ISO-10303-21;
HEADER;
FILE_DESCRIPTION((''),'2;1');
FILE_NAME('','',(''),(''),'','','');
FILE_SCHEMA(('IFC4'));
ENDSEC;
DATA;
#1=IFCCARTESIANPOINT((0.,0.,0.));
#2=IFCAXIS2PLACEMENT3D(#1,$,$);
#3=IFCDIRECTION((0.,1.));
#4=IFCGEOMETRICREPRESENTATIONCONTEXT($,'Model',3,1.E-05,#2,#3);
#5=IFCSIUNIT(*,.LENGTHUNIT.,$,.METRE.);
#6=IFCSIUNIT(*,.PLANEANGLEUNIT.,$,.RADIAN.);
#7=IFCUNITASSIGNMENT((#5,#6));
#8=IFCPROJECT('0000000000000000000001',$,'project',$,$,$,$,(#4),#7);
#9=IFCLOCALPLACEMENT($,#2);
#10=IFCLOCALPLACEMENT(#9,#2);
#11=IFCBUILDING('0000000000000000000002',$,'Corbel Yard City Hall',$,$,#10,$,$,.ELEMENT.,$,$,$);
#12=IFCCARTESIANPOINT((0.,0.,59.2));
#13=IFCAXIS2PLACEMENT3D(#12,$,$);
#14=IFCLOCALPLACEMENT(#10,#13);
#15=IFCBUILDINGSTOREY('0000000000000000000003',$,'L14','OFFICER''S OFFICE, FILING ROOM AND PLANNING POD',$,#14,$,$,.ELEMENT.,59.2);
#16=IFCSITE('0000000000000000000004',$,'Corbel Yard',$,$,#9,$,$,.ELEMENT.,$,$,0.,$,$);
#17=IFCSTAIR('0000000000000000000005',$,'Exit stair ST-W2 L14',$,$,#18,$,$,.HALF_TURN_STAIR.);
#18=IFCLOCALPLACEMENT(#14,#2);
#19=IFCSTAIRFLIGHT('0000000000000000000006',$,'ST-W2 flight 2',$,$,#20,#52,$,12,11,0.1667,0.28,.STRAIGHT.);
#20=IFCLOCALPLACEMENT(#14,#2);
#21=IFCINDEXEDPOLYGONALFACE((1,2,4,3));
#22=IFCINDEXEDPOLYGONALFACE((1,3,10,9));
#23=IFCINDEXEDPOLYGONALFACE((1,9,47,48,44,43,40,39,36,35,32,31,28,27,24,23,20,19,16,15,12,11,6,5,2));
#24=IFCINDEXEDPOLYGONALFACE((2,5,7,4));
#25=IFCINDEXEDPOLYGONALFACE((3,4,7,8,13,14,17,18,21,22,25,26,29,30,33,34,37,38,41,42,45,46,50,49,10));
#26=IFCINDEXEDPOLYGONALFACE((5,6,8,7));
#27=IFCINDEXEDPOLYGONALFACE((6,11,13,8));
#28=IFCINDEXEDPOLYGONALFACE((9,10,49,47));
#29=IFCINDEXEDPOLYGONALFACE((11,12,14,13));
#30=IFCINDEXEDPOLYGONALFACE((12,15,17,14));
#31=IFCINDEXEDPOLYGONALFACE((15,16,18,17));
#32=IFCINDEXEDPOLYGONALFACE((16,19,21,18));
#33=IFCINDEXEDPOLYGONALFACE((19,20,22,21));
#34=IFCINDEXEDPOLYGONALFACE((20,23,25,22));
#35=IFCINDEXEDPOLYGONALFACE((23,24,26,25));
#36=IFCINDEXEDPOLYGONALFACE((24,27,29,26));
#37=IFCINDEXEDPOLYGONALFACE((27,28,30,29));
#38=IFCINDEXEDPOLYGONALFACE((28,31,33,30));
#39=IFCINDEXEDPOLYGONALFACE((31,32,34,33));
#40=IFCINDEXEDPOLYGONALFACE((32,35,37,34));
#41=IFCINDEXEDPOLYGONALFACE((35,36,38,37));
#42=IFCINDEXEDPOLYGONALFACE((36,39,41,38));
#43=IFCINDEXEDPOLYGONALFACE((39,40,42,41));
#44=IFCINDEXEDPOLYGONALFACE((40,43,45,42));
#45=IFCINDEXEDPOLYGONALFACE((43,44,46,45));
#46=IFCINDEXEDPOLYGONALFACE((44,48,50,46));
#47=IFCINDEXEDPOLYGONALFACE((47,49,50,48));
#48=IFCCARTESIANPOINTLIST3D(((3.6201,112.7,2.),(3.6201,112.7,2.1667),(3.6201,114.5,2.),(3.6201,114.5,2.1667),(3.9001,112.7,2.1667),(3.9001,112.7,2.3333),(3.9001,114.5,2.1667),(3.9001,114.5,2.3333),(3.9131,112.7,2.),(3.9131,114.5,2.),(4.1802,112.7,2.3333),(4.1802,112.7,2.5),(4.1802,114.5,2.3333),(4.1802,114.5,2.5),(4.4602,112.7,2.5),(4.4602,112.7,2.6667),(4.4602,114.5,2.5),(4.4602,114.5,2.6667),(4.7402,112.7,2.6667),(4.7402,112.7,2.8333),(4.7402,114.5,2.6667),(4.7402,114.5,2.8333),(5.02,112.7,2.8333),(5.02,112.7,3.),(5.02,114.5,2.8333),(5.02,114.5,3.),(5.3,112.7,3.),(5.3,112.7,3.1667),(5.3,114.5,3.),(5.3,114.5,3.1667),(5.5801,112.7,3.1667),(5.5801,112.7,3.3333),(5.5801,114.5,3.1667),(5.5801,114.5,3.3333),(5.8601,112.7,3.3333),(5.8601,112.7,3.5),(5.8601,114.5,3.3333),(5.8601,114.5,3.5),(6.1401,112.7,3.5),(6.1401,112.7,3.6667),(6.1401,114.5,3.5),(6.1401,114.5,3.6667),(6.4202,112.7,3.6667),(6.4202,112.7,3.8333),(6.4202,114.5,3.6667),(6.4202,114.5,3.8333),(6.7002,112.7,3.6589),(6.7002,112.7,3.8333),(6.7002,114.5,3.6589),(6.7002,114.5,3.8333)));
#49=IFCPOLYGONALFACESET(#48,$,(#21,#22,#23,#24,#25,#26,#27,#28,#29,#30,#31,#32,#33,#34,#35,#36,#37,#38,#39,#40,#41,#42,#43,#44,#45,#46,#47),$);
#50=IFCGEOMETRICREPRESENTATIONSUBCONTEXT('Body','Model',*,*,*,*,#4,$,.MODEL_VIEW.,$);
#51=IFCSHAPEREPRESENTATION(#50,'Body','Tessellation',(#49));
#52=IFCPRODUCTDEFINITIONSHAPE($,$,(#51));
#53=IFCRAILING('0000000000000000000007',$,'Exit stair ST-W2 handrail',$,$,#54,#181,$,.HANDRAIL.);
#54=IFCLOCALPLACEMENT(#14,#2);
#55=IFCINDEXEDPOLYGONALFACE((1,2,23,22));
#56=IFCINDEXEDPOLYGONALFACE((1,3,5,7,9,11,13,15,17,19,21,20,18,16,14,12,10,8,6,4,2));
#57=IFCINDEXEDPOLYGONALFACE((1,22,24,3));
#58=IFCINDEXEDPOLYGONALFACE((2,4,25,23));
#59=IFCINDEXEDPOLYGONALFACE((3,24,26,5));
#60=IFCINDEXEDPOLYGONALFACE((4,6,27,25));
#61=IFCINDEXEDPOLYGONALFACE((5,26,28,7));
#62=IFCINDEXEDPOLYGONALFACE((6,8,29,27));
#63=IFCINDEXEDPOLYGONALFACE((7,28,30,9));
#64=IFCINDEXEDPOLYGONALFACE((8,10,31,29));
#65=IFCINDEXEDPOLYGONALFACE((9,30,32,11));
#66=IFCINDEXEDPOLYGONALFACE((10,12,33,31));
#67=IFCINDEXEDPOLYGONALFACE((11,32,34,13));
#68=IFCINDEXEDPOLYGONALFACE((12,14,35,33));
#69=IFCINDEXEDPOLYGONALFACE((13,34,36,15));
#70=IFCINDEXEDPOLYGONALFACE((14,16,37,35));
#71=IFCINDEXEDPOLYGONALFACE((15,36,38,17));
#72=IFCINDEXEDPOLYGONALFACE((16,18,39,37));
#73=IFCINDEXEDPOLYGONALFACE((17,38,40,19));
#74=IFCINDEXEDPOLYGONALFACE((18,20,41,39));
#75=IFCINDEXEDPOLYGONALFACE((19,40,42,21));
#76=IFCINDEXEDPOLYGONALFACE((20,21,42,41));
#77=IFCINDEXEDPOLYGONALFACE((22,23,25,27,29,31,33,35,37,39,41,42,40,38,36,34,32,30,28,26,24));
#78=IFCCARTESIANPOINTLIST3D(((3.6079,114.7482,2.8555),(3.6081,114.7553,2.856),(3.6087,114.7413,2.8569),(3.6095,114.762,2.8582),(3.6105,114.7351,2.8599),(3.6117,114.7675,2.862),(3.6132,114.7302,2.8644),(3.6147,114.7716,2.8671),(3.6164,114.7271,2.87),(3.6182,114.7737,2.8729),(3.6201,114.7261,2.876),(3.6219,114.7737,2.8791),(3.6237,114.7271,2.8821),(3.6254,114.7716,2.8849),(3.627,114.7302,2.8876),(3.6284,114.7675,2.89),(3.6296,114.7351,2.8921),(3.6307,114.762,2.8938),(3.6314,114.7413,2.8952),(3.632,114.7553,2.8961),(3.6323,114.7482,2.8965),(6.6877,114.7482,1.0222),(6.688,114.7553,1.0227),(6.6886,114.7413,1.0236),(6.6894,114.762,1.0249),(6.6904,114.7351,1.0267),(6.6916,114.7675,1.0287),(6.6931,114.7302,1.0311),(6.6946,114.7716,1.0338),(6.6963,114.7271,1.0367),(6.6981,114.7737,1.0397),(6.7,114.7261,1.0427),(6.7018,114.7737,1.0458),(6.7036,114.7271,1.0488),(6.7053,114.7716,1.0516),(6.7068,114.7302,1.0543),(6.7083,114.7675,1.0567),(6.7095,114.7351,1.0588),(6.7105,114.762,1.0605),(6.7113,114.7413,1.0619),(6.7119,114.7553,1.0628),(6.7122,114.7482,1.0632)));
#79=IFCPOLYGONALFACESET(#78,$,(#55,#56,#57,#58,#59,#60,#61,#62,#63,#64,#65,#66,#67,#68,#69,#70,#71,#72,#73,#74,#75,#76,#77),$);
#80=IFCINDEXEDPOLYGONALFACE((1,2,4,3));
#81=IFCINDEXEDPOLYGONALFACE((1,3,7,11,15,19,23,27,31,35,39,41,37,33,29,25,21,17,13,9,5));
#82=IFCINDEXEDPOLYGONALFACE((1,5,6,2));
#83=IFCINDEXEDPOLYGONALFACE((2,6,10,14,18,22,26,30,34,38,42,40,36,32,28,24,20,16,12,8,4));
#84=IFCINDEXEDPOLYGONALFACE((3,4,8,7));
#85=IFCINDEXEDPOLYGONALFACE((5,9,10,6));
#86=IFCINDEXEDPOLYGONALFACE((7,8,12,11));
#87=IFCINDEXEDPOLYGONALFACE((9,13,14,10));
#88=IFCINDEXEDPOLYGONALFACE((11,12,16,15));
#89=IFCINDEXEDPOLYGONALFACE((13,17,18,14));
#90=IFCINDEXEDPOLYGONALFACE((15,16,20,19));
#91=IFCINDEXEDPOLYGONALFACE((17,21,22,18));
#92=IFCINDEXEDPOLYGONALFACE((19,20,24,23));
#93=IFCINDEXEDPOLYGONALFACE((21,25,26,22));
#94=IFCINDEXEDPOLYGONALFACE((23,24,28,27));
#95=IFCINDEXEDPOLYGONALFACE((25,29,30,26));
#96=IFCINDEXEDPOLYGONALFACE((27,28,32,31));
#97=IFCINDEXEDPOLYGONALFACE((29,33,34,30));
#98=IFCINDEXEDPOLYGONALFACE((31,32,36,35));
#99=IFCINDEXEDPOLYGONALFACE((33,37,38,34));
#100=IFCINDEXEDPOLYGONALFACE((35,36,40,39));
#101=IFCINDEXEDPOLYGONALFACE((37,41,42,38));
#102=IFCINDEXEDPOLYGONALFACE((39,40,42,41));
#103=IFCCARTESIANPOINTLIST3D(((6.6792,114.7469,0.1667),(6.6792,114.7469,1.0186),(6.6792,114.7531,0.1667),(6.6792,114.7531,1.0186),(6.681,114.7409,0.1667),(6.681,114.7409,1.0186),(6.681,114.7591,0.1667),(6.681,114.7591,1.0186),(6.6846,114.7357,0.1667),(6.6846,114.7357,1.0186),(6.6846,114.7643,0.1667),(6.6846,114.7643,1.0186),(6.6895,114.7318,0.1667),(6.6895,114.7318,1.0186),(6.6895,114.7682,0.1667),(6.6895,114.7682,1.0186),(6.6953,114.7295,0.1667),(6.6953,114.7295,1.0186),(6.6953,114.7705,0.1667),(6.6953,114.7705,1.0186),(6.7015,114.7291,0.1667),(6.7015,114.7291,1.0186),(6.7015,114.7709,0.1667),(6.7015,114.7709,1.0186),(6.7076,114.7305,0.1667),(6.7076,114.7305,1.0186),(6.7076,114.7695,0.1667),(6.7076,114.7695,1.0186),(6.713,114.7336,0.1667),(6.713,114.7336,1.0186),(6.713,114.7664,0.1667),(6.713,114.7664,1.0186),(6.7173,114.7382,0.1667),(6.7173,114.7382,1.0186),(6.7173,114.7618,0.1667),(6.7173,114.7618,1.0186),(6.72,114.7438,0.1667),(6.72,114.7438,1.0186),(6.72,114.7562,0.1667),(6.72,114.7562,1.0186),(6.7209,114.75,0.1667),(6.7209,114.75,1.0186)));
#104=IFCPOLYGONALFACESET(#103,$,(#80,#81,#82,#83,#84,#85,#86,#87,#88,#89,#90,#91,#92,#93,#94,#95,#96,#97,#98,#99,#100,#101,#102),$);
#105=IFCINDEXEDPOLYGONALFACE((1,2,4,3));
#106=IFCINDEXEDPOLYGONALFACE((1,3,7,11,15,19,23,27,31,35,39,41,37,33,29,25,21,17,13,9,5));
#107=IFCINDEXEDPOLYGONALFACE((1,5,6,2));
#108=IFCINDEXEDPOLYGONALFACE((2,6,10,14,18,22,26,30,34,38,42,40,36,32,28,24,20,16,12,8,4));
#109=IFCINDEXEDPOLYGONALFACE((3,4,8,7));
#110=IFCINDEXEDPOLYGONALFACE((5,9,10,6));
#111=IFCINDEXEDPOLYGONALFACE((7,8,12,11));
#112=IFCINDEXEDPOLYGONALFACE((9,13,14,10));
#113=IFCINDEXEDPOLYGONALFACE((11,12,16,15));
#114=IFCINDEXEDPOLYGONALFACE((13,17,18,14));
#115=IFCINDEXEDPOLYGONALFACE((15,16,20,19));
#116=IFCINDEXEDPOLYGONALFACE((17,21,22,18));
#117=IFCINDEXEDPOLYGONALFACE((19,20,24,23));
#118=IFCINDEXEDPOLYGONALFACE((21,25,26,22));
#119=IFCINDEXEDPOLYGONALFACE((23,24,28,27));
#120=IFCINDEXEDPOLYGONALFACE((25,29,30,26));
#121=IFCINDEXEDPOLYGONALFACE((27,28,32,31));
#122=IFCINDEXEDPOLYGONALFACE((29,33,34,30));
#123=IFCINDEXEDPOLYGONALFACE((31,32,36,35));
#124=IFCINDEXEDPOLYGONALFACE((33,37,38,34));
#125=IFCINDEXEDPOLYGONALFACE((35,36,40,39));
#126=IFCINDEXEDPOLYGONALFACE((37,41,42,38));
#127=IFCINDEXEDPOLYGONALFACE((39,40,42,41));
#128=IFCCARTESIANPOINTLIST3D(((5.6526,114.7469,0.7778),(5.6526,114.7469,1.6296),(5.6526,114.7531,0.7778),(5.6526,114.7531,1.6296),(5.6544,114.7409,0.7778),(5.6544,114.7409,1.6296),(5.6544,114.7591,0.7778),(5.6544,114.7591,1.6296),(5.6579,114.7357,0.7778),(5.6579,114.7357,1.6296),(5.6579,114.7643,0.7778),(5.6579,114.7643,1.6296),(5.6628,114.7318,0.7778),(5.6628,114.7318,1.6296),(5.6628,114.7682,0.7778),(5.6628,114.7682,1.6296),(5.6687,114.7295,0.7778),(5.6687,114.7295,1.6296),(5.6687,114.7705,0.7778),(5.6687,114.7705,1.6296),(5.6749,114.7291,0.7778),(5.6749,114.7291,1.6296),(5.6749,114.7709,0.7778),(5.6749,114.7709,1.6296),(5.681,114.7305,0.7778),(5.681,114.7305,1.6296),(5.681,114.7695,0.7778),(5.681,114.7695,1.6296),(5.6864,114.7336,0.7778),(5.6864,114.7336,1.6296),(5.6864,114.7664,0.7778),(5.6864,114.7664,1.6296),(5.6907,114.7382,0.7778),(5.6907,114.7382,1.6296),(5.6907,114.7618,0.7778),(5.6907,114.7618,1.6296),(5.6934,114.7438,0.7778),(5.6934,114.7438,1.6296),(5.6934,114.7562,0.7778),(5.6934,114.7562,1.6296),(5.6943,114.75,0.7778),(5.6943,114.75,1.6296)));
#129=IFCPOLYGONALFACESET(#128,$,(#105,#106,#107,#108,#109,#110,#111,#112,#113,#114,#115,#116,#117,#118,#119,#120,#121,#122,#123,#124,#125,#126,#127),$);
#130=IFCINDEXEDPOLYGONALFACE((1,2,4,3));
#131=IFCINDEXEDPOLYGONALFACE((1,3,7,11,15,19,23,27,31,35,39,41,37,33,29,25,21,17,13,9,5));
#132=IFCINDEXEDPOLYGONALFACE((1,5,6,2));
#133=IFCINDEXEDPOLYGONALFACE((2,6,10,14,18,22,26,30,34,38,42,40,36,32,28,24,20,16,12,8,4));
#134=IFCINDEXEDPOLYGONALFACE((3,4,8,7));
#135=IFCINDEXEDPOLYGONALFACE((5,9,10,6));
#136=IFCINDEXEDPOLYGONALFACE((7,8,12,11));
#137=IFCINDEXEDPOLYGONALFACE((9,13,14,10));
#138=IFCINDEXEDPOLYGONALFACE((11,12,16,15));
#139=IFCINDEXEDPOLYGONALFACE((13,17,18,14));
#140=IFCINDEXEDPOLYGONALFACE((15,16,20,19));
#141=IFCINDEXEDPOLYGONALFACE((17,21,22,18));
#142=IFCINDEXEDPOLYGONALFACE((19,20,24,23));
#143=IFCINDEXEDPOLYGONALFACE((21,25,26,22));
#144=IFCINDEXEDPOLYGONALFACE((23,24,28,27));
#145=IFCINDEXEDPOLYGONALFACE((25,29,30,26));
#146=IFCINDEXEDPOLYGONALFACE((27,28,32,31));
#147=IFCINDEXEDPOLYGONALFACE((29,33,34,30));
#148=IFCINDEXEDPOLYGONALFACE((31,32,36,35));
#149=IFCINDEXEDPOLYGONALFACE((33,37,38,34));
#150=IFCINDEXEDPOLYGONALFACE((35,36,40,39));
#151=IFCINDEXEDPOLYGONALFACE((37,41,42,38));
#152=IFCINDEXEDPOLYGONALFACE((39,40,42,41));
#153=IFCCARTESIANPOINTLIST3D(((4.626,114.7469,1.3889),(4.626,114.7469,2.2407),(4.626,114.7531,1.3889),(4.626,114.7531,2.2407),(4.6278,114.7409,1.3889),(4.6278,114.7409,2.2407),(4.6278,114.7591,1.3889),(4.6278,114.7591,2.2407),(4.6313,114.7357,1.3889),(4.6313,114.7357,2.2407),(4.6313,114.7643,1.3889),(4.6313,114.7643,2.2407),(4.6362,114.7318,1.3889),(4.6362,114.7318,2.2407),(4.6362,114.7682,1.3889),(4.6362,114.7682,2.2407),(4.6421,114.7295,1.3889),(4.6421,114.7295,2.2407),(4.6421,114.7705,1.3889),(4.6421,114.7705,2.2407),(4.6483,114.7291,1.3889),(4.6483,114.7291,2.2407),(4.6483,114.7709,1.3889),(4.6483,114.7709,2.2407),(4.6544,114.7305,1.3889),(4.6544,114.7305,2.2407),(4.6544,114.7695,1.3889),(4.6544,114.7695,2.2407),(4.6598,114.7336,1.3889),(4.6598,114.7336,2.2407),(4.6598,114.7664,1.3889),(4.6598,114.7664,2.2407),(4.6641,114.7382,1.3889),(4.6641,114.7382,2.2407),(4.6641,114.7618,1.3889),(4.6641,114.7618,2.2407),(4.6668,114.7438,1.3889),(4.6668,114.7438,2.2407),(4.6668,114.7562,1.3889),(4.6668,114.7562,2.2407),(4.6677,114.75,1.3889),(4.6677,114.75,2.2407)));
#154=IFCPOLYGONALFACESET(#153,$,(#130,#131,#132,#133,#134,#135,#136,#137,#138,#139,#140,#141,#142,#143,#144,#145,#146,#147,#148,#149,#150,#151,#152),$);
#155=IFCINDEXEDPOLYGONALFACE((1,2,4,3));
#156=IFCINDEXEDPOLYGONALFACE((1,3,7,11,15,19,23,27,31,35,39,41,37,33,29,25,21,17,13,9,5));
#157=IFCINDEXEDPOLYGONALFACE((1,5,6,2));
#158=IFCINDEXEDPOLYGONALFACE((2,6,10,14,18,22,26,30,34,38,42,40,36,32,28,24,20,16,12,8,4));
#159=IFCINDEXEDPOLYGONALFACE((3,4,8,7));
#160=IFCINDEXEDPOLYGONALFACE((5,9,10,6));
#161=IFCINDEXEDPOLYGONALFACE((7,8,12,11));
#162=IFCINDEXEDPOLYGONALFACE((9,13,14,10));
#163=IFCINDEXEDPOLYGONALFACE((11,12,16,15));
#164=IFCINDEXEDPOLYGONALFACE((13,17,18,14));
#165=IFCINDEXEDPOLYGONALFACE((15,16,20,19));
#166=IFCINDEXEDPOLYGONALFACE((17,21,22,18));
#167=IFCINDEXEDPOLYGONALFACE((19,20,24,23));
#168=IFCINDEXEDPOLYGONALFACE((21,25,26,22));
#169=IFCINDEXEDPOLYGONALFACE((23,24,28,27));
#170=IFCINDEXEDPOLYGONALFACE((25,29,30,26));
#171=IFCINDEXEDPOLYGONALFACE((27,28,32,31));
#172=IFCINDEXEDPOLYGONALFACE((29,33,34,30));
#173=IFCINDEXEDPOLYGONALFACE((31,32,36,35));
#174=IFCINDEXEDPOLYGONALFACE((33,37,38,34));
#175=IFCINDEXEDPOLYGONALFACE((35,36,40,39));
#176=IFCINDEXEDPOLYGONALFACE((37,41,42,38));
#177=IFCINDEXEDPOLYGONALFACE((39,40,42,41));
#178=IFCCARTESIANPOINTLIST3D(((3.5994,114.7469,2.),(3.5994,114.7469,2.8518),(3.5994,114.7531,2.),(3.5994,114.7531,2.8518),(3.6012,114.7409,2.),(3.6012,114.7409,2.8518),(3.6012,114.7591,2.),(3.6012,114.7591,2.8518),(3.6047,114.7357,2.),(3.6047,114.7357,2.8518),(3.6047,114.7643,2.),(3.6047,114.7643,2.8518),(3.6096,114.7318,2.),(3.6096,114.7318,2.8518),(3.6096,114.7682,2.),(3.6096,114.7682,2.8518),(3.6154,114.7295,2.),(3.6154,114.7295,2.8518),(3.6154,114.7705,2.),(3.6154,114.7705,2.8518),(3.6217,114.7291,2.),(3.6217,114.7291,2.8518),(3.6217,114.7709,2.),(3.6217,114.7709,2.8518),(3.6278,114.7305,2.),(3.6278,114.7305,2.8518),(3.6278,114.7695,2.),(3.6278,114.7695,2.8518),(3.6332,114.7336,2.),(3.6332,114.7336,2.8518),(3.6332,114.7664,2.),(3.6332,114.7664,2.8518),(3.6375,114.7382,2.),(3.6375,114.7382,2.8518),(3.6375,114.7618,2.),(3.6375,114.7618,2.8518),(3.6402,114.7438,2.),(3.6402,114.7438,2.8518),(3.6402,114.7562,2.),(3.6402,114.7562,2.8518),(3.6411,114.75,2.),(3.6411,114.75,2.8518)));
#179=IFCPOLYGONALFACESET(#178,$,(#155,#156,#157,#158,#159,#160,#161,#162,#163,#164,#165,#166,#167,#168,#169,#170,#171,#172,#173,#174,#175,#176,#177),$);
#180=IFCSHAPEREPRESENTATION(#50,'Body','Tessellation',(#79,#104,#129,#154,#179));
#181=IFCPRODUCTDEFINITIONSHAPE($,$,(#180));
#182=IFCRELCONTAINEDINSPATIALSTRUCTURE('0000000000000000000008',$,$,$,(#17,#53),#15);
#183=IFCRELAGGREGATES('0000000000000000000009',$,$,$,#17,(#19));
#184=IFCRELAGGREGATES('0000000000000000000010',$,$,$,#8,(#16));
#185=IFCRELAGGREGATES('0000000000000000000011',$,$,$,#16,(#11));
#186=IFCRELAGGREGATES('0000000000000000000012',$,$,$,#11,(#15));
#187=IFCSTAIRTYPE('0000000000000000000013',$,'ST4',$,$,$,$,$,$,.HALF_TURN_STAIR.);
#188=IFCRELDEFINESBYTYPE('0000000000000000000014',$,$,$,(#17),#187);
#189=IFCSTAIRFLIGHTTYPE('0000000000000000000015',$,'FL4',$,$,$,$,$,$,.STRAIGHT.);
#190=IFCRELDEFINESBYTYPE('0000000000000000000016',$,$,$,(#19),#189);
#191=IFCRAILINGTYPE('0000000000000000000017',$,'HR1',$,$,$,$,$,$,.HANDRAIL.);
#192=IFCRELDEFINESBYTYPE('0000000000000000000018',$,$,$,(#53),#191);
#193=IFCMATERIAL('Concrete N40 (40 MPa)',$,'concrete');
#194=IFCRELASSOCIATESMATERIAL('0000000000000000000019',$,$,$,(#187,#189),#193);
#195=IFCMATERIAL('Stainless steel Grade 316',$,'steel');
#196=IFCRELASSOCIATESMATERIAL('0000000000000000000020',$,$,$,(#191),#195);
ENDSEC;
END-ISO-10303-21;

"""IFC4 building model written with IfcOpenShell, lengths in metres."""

from ifc_helpers import new_model, si_unit, direction, frame, origin, origin_2d, place, context, subcontext, project, spatial, polyline, circle, outline, extrude, material, type_object, element, aggregate, save


model = new_model("IFC4")

# Units and contexts
model_context = context("Model", 3, precision=1e-05, world=origin(), true_north=direction((0.0, 1.0)))
body_context = subcontext(model_context, "Body", "Model", "MODEL_VIEW")
ifc_project = project(units=[si_unit("LENGTHUNIT", "METRE"), si_unit("PLANEANGLEUNIT", "RADIAN")], contexts=[model_context])

# Site, building, storey
site_placement = place(None, origin())
site = spatial("IfcSite", under=ifc_project, at=site_placement, Name="Corbel Yard", CompositionType="ELEMENT", RefElevation=0.0)
building_placement = place(site_placement, origin())
building = spatial("IfcBuilding", under=site, at=building_placement, Name="Corbel Yard City Hall", CompositionType="ELEMENT")
storey_placement = place(building_placement, frame((0.0, 0.0, 59.2)))
storey = spatial("IfcBuildingStorey", under=building, at=storey_placement, Name="L14", Description="OFFICER'S OFFICE, FILING ROOM AND PLANNING POD", CompositionType="ELEMENT", Elevation=59.2)

# Shared definitions
ifc_material_1 = material(Name="Concrete N40 (40 MPa)", Category="concrete")

# Shared definitions
ifc_material_2 = material(Name="Stainless steel Grade 316", Category="steel")

# Stair, stair flight
stair_type = type_object("IfcStairType", Name="ST4", PredefinedType="HALF_TURN_STAIR", material=ifc_material_1)
stair_placement = place(storey_placement, origin())
stair = element("IfcStair", 1, at=stair_placement, inside=storey, type_object=stair_type, Name="Exit stair ST-W2 L14", PredefinedType="HALF_TURN_STAIR")
stair_flight_type = type_object("IfcStairFlightType", Name="FL4", PredefinedType="STRAIGHT", material=ifc_material_1)
stair_flight_1_placement = place(storey_placement, frame((3.6201, 113.6001, 2.0), z_axis=(0.0, 0.0, 1.0), x_axis=(1.0, 0.0, 0.0)))
stair_flight_1 = element("IfcStairFlight", 2, at=stair_flight_1_placement, type_object=stair_flight_type, Name="ST-W2 flight 2", NumberOfRisers=12, NumberOfTreads=11, PredefinedType="STRAIGHT", RiserHeight=0.1667, TreadLength=0.28, context=body_context, shape_type="SweptSolid", body=[
    extrude(outline(polyline([(0.0, 0.0), (0.0, 0.1667), (0.28, 0.1667), (0.28, 0.3333), (0.5601, 0.3333), (0.5601, 0.5), (0.8401, 0.5), (0.8401, 0.6667), (1.1201, 0.6667), (1.1201, 0.8333), (1.3999, 0.8333), (1.3999, 1.0), (1.6799, 1.0), (1.6799, 1.1667), (1.96, 1.1667), (1.96, 1.3333), (2.24, 1.3333), (2.24, 1.5), (2.52, 1.5), (2.52, 1.6667), (2.8, 1.6667), (2.8, 1.8333), (3.0801, 1.8333), (3.0801, 2.0), (3.0801, 1.6589), (0.293, 0.0), (0.0, 0.0)])), frame((0.0, 0.8999, 0.0), z_axis=(0.0, -1.0, 0.0), x_axis=(1.0, 0.0, 0.0)), (0.0, 0.0, 1.0), 1.8),
])
aggregate(stair, [stair_flight_1])

# Railing
railing_type = type_object("IfcRailingType", Name="HR1", PredefinedType="HANDRAIL", material=ifc_material_2)
railing_placement = place(storey_placement, frame((6.7, 114.75, 0.1667)))
element("IfcRailing", 3, at=railing_placement, inside=storey, type_object=railing_type, Name="Exit stair ST-W2 handrail", PredefinedType="HANDRAIL", context=body_context, shape_type="SweptSolid", body=[
    extrude(circle(Radius=0.0239, at=origin_2d()), frame((0.0, 0.0, 0.876), z_axis=(-0.859291, 0.0, 0.511487), x_axis=(0.0, -1.0, 0.0)), (0.0, 0.0, 1.0), 3.5842),
    extrude(circle(Radius=0.021, at=origin_2d()), origin(), (0.0, 0.0, 1.0), 0.8518),
    extrude(circle(Radius=0.021, at=origin_2d()), frame((-1.0266, 0.0, 0.6111)), (0.0, 0.0, 1.0), 0.8518),
    extrude(circle(Radius=0.021, at=origin_2d()), frame((-2.0532, 0.0, 1.2222)), (0.0, 0.0, 1.0), 0.8518),
    extrude(circle(Radius=0.021, at=origin_2d()), frame((-3.0798, 0.0, 1.8333)), (0.0, 0.0, 1.0), 0.8518),
])

save(model, "model.ifc")
